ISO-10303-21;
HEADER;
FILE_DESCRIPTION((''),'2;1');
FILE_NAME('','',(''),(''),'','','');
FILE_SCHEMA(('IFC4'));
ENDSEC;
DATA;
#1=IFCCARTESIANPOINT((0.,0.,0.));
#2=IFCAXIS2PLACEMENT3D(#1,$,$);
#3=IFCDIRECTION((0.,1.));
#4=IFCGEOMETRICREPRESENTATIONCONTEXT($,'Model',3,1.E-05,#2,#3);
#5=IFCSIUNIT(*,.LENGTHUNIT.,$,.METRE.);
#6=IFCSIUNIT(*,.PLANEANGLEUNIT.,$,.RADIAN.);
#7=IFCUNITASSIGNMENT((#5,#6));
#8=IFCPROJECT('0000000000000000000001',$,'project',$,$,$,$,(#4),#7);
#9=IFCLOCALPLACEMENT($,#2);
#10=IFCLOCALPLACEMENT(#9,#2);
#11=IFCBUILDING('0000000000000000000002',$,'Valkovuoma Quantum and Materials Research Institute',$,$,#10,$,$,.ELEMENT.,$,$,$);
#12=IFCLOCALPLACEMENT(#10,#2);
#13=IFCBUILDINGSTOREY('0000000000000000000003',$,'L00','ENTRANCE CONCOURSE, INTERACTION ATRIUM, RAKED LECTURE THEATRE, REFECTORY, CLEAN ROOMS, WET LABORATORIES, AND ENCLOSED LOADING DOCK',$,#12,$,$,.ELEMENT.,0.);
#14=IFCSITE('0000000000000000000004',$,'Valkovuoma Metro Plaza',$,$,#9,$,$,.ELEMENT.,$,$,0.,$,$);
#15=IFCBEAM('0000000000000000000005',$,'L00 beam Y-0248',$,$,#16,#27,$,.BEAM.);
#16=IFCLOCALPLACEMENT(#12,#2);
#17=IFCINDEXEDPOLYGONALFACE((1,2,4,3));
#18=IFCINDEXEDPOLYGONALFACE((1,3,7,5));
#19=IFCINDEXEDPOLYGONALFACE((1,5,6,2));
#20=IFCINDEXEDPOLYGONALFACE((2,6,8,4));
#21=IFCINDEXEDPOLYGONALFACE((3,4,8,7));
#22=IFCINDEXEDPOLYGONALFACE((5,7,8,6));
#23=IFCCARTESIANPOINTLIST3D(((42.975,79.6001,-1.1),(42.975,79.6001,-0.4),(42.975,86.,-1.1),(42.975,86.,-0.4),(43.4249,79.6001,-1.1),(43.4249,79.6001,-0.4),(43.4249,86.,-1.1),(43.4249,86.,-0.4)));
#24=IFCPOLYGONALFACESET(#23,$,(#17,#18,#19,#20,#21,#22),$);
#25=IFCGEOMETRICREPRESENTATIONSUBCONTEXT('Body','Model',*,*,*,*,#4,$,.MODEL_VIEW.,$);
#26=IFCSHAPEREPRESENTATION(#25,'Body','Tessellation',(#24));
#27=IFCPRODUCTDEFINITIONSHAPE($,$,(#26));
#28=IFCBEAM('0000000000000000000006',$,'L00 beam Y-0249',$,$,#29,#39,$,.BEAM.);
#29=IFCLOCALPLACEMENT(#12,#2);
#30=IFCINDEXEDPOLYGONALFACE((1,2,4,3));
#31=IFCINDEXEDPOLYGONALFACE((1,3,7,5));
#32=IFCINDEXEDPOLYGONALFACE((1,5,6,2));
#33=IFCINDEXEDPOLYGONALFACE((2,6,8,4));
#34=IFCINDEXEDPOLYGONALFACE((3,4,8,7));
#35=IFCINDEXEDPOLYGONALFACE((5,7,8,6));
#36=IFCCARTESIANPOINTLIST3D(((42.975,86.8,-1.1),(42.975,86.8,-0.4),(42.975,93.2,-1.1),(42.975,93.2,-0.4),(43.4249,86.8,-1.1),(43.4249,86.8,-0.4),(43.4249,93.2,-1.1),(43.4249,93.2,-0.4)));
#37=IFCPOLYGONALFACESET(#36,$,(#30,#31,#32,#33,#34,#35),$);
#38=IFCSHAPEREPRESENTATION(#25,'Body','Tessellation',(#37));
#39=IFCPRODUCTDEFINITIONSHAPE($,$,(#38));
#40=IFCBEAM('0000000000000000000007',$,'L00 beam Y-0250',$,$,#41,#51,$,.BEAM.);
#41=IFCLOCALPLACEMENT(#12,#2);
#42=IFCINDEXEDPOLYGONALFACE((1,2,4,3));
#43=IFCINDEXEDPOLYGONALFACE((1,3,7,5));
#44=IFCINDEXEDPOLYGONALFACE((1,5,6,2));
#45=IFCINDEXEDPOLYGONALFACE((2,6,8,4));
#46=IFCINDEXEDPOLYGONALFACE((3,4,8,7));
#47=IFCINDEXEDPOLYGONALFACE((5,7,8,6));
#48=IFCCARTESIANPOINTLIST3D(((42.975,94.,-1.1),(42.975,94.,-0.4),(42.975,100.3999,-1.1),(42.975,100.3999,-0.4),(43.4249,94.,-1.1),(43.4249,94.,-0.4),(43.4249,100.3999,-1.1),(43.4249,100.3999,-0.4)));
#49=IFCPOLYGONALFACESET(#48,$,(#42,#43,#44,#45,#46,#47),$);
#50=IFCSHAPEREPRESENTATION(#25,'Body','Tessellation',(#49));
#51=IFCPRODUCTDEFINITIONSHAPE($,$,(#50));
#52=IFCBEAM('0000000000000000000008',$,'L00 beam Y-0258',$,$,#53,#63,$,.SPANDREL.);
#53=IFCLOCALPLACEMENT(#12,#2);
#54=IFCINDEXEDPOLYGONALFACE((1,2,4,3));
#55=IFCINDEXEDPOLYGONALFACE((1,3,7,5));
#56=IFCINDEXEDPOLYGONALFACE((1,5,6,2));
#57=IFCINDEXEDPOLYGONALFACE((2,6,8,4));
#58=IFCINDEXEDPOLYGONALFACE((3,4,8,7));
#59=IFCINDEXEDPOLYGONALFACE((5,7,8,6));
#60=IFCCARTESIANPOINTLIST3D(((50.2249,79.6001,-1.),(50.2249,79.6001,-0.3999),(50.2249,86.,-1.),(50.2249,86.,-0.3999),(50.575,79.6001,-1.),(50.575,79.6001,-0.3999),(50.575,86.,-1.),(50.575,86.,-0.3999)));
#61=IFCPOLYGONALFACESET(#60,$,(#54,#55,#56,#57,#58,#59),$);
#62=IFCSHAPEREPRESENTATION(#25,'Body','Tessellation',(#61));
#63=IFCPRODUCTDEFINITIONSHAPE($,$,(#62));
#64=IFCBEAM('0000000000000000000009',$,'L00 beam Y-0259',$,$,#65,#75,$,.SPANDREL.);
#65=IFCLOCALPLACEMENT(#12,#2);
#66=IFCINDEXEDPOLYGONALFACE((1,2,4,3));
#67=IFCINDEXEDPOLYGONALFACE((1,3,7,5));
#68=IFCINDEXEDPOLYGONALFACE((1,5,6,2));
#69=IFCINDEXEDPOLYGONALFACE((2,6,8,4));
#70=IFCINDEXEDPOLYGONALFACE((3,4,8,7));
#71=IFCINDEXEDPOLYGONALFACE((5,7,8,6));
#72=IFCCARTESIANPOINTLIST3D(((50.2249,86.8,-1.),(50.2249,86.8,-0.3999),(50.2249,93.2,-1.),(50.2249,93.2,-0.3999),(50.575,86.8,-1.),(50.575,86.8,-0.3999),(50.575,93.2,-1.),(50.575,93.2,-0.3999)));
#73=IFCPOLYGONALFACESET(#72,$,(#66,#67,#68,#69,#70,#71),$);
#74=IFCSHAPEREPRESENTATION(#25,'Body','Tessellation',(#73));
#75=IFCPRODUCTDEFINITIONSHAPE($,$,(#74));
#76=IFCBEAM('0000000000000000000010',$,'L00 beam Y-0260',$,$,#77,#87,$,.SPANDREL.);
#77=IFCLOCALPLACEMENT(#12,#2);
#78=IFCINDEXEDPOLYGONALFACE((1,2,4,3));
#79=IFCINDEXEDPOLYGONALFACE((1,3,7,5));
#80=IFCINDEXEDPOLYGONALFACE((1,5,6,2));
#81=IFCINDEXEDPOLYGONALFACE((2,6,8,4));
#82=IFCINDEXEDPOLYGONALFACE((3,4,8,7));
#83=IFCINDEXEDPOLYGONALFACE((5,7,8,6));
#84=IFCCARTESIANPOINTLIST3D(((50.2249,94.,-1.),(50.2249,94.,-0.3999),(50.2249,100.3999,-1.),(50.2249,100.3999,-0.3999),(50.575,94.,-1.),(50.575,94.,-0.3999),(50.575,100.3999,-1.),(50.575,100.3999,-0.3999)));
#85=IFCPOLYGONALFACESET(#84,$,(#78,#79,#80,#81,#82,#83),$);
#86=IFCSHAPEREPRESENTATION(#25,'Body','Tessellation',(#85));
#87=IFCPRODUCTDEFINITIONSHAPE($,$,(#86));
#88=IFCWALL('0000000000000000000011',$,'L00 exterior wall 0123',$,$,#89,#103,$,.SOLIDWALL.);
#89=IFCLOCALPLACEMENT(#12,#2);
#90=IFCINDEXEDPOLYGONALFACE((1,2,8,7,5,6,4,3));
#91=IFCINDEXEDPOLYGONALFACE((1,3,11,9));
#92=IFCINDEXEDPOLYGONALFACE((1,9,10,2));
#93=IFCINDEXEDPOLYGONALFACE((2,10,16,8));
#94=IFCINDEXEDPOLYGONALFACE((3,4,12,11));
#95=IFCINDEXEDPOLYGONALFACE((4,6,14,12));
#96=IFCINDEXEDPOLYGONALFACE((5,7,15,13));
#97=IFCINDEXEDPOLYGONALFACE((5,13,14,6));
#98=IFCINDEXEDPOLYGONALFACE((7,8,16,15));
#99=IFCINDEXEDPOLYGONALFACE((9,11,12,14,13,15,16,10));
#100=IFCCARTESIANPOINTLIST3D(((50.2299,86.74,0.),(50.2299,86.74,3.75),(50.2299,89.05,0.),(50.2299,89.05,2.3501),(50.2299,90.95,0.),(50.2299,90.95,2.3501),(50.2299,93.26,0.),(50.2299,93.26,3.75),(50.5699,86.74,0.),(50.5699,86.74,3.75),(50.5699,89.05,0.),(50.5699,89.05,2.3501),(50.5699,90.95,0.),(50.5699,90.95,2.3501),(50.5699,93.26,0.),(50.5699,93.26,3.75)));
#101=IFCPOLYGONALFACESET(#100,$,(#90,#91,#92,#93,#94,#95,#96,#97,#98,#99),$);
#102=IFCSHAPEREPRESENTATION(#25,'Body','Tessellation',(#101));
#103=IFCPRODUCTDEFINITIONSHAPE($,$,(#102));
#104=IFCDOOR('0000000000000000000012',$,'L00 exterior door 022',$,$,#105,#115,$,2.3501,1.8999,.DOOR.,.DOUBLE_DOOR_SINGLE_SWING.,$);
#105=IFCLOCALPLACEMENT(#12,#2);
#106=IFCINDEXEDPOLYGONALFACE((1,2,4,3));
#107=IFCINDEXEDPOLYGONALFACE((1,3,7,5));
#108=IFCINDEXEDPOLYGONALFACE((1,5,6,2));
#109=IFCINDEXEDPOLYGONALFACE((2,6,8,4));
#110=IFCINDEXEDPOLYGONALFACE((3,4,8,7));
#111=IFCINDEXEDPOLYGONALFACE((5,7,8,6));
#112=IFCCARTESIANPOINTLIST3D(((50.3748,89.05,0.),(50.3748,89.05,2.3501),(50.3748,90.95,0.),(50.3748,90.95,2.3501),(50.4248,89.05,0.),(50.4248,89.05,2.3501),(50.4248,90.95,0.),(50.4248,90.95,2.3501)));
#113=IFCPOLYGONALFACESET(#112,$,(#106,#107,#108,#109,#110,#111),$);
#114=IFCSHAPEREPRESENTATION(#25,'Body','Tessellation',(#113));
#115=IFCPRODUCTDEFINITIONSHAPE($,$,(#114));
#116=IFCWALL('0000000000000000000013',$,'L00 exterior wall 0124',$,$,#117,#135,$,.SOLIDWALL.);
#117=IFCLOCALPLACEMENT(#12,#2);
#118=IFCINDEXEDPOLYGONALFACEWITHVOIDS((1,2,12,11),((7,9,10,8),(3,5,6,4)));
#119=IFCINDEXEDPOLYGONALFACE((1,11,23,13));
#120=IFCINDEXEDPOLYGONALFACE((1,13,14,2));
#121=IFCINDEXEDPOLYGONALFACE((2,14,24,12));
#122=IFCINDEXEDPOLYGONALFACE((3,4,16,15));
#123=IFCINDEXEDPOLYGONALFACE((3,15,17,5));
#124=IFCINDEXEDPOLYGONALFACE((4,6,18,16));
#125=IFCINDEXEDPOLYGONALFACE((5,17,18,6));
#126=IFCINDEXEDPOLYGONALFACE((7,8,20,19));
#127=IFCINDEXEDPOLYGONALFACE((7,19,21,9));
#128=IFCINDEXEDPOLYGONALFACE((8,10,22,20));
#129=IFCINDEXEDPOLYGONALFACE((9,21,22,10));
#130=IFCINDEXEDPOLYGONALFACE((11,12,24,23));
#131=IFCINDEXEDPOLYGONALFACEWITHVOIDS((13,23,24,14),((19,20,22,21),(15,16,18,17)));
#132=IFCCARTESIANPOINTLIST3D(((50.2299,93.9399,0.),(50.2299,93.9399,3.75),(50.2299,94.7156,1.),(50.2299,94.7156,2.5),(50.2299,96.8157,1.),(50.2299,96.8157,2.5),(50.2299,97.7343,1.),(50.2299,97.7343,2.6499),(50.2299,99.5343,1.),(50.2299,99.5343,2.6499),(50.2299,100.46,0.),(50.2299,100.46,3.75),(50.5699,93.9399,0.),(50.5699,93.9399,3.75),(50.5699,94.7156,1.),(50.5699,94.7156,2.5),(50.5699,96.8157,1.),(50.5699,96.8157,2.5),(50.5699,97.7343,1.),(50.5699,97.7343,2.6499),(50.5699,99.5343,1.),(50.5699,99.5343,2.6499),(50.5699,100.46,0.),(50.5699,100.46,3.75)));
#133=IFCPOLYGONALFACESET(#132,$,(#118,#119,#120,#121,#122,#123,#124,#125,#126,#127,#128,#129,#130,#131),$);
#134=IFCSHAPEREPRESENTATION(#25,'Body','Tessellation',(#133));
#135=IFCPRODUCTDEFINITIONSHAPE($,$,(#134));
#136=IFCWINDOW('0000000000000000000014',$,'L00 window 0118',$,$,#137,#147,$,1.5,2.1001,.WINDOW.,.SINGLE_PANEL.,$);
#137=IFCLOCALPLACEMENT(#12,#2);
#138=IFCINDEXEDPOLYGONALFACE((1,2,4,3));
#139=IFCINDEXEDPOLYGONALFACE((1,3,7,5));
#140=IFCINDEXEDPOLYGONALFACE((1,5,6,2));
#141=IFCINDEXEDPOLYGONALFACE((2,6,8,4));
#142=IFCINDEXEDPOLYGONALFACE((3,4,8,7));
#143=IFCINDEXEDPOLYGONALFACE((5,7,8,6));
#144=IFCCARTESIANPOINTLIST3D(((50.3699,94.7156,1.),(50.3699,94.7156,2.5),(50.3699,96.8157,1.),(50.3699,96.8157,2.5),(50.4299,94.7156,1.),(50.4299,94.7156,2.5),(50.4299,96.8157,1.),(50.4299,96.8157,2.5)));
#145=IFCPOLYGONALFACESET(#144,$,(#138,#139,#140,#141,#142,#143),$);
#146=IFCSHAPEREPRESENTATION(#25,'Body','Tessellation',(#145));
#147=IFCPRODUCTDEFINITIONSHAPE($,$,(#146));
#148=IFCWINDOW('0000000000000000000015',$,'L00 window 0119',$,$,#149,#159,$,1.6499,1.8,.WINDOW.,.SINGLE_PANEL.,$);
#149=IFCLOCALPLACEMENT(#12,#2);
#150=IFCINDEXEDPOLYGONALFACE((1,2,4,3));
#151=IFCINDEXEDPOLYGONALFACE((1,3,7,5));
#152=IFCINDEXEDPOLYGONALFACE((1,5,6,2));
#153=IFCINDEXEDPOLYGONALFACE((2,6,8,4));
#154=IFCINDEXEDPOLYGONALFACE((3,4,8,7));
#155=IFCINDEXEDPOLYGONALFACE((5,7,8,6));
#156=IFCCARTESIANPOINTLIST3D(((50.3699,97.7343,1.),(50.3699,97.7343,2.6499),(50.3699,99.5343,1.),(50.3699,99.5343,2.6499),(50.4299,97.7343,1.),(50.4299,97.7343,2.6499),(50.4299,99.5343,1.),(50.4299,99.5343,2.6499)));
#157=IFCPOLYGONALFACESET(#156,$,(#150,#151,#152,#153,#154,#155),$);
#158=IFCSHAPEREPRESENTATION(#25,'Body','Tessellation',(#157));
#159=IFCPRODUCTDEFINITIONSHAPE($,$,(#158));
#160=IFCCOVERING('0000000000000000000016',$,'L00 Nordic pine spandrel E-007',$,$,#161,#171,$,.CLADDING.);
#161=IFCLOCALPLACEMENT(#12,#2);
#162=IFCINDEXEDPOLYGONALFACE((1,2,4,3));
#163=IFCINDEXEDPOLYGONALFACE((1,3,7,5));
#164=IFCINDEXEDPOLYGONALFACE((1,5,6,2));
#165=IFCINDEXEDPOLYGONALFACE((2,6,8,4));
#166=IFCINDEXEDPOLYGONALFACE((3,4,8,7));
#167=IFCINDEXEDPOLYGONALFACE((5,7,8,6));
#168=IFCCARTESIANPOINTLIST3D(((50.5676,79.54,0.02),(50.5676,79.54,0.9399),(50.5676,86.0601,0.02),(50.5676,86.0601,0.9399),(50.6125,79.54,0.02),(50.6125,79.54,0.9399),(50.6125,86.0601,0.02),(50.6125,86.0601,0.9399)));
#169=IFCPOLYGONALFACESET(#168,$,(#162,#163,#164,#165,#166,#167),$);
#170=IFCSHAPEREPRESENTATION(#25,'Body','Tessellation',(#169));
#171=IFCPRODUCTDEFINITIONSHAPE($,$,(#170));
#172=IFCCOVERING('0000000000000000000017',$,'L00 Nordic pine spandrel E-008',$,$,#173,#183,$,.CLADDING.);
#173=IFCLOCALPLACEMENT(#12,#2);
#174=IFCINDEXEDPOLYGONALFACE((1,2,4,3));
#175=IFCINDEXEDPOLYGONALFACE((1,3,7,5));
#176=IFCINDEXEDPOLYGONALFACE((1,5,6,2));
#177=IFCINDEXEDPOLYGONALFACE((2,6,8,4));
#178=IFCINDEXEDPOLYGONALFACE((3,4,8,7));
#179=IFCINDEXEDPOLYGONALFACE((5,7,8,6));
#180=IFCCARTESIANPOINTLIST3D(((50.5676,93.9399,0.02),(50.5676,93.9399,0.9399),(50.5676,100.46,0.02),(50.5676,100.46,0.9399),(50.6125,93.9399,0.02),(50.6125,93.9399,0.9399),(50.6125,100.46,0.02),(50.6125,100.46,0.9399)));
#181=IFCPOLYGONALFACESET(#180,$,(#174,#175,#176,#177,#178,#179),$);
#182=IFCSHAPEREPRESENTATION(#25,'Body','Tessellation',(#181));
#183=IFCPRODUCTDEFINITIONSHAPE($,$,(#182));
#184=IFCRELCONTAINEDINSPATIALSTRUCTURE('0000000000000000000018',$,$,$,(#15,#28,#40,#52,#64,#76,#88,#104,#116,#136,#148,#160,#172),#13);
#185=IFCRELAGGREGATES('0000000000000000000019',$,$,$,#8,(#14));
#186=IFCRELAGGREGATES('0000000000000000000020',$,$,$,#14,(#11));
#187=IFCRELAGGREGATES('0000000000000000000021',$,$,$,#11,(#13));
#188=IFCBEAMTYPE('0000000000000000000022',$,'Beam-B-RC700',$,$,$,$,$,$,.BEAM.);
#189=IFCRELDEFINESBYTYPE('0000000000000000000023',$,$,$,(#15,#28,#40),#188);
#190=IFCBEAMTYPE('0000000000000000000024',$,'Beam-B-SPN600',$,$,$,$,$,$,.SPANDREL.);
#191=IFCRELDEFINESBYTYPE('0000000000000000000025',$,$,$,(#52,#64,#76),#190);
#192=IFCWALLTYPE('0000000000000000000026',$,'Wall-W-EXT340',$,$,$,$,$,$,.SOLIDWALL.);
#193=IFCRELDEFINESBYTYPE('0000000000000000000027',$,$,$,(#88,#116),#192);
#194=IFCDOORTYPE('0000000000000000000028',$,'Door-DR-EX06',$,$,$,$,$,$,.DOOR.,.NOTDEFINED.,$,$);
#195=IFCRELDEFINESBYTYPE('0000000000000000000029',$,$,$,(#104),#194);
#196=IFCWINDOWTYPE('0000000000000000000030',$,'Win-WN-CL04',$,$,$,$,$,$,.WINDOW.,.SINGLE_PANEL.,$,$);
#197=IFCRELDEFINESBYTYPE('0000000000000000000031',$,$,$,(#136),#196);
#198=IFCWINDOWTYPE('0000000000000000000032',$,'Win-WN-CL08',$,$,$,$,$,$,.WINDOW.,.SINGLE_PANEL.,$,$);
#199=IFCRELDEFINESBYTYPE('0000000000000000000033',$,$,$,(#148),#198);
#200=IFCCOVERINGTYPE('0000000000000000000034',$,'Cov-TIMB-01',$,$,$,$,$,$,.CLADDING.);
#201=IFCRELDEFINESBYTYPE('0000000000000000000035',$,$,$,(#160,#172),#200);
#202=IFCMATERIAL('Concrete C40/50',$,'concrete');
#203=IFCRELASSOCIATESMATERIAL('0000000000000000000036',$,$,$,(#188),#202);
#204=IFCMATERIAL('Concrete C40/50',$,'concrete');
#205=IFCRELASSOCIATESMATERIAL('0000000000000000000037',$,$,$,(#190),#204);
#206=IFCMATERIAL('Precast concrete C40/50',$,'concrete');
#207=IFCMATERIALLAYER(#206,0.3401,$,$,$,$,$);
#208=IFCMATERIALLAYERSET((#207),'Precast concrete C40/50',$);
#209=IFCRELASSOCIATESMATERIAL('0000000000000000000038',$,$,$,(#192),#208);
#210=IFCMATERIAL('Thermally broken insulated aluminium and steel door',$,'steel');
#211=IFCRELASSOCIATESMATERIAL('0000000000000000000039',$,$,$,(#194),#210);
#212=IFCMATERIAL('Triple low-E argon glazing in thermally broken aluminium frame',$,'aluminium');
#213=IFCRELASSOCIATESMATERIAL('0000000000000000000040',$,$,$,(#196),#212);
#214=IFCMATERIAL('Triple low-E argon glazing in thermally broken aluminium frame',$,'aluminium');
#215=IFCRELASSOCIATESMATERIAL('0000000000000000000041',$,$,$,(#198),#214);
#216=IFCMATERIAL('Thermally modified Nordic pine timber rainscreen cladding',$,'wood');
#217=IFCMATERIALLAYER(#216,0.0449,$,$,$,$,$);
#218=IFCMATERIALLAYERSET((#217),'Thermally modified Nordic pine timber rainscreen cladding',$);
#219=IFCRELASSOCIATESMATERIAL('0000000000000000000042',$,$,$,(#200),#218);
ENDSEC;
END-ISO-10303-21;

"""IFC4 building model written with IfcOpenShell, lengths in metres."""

from ifc_helpers import new_model, si_unit, direction, frame, frame_2d, origin, origin_2d, place, context, subcontext, project, spatial, rectangle, extrude, material, layer, layer_set, material_profile, profile_set, type_object, element, fill, save


model = new_model("IFC4")

# Units and contexts
model_context = context("Model", 3, precision=1e-05, world=origin(), true_north=direction((0.0, 1.0)))
body_context = subcontext(model_context, "Body", "Model", "MODEL_VIEW")
ifc_project = project(units=[si_unit("LENGTHUNIT", "METRE"), si_unit("PLANEANGLEUNIT", "RADIAN")], contexts=[model_context])

# Site, building, storey
site_placement = place(None, origin())
site = spatial("IfcSite", under=ifc_project, at=site_placement, Name="Valkovuoma Metro Plaza", CompositionType="ELEMENT", RefElevation=0.0)
building_placement = place(site_placement, origin())
building = spatial("IfcBuilding", under=site, at=building_placement, Name="Valkovuoma Quantum and Materials Research Institute", CompositionType="ELEMENT")
storey_placement = place(building_placement, origin())
storey = spatial("IfcBuildingStorey", under=building, at=storey_placement, Name="L00", Description="ENTRANCE CONCOURSE, INTERACTION ATRIUM, RAKED LECTURE THEATRE, REFECTORY, CLEAN ROOMS, WET LABORATORIES, AND ENCLOSED LOADING DOCK", CompositionType="ELEMENT", Elevation=0.0)

# Beams
ifc_material_1 = material(Name="Concrete C40/50", Category="concrete")
ifc_material_profile_1 = material_profile(ifc_material_1, rectangle(XDim=0.45, YDim=0.7, at=origin_2d()), Name="Concrete C40/50")
ifc_profile_set_1 = profile_set([ifc_material_profile_1], Name="Concrete C40/50")
beam_type_1 = type_object("IfcBeamType", Name="Beam-B-RC700", PredefinedType="BEAM", material=ifc_profile_set_1)
for number, where, z_axis, x_axis, name in (
    (1, (43.2, 79.6001, -0.75), (0.0, 1.0, 0.0), (-1.0, 0.0, 0.0), "L00 beam Y-0248"),
    (2, (43.2, 86.8, -0.75), (0.0, 1.0, 0.0), (-1.0, 0.0, 0.0), "L00 beam Y-0249"),
    (3, (43.2, 94.0, -0.75), (0.0, 1.0, 0.0), (-1.0, 0.0, 0.0), "L00 beam Y-0250"),
):
    element("IfcBeam", number, at=place(storey_placement, frame(where, z_axis=z_axis, x_axis=x_axis)), inside=storey, type_object=beam_type_1, Name=name, PredefinedType="BEAM", context=body_context, shape_type="SweptSolid", body=[
        extrude(rectangle(XDim=0.45, YDim=0.7, at=origin_2d()), origin(), (0.0, 0.0, 1.0), 6.3999),
    ])
ifc_material_2 = material(Name="Concrete C40/50", Category="concrete")
ifc_material_profile_2 = material_profile(ifc_material_2, rectangle(XDim=0.3501, YDim=0.6001, at=origin_2d()), Name="Concrete C40/50")
ifc_profile_set_2 = profile_set([ifc_material_profile_2], Name="Concrete C40/50")
beam_type_2 = type_object("IfcBeamType", Name="Beam-B-SPN600", PredefinedType="SPANDREL", material=ifc_profile_set_2)
for number, where, z_axis, x_axis, name in (
    (4, (50.3999, 79.6001, -0.7), (0.0, 1.0, 0.0), (-1.0, 0.0, 0.0), "L00 beam Y-0258"),
    (5, (50.3999, 86.8, -0.7), (0.0, 1.0, 0.0), (-1.0, 0.0, 0.0), "L00 beam Y-0259"),
    (6, (50.3999, 94.0, -0.7), (0.0, 1.0, 0.0), (-1.0, 0.0, 0.0), "L00 beam Y-0260"),
):
    element("IfcBeam", number, at=place(storey_placement, frame(where, z_axis=z_axis, x_axis=x_axis)), inside=storey, type_object=beam_type_2, Name=name, PredefinedType="SPANDREL", context=body_context, shape_type="SweptSolid", body=[
        extrude(rectangle(XDim=0.3501, YDim=0.6001, at=origin_2d()), origin(), (0.0, 0.0, 1.0), 6.3999),
    ])

# Wall, opening, door
ifc_material_3 = material(Name="Precast concrete C40/50", Category="concrete")
ifc_layer_1 = layer(ifc_material_3, 0.3401)
ifc_layer_set_1 = layer_set([ifc_layer_1], Name="Precast concrete C40/50")
wall_type = type_object("IfcWallType", Name="Wall-W-EXT340", PredefinedType="SOLIDWALL", material=ifc_layer_set_1)
wall_1_placement = place(storey_placement, frame((50.3999, 86.74, 0.0), z_axis=(0.0, 0.0, 1.0), x_axis=(0.0, 1.0, 0.0)))
wall_1 = element("IfcWall", 7, at=wall_1_placement, inside=storey, type_object=wall_type, Name="L00 exterior wall 0123", PredefinedType="SOLIDWALL", context=body_context, shape_type="SweptSolid", body=[
    extrude(rectangle(XDim=6.52, YDim=0.3401, at=frame_2d((3.26, 0.0))), origin(), (0.0, 0.0, 1.0), 3.75),
])
opening_1_placement = place(wall_1_placement, frame((2.3101, 0.0, 0.0)))
opening_1 = element("IfcOpeningElement", 8, at=opening_1_placement, cuts=wall_1, PredefinedType="OPENING", context=body_context, shape_type="SweptSolid", body=[
    extrude(rectangle(XDim=1.8999, YDim=2.3501, at=frame_2d((0.95, 1.175))), frame((0.0, 0.1802, 0.0), z_axis=(0.0, -1.0, 0.0), x_axis=(1.0, 0.0, 0.0)), (0.0, 0.0, 1.0), 0.3601),
])
ifc_material_4 = material(Name="Thermally broken insulated aluminium and steel door", Category="steel")
door_type = type_object("IfcDoorType", Name="Door-DR-EX06", OperationType="NOTDEFINED", PredefinedType="DOOR", material=ifc_material_4)
door_placement = place(opening_1_placement, frame((1.8999, 0.0, 0.0), z_axis=(0.0, 0.0, 1.0), x_axis=(-1.0, 0.0, 0.0)))
door = element("IfcDoor", 9, at=door_placement, inside=storey, type_object=door_type, Name="L00 exterior door 022", OperationType="DOUBLE_DOOR_SINGLE_SWING", OverallHeight=2.3501, OverallWidth=1.8999, PredefinedType="DOOR", context=body_context, shape_type="SweptSolid", body=[
    extrude(rectangle(XDim=1.8999, YDim=2.3501, at=frame_2d((0.95, 1.175))), frame((0.0, 0.0249, 0.0), z_axis=(0.0, -1.0, 0.0), x_axis=(1.0, 0.0, 0.0)), (0.0, 0.0, 1.0), 0.05),
])
fill(opening_1, door)

# Wall, openings, windows
wall_2_placement = place(storey_placement, frame((50.3999, 93.9399, 0.0), z_axis=(0.0, 0.0, 1.0), x_axis=(0.0, 1.0, 0.0)))
wall_2 = element("IfcWall", 10, at=wall_2_placement, inside=storey, type_object=wall_type, Name="L00 exterior wall 0124", PredefinedType="SOLIDWALL", context=body_context, shape_type="SweptSolid", body=[
    extrude(rectangle(XDim=6.52, YDim=0.3401, at=frame_2d((3.26, 0.0))), origin(), (0.0, 0.0, 1.0), 3.75),
])
opening_2_placement = place(wall_2_placement, frame((0.7756, 0.0, 1.0)))
opening_2 = element("IfcOpeningElement", 11, at=opening_2_placement, cuts=wall_2, PredefinedType="OPENING", context=body_context, shape_type="SweptSolid", body=[
    extrude(rectangle(XDim=2.1001, YDim=1.5, at=frame_2d((1.05, 0.75))), frame((0.0, 0.1802, 0.0), z_axis=(0.0, -1.0, 0.0), x_axis=(1.0, 0.0, 0.0)), (0.0, 0.0, 1.0), 0.3601),
])
opening_3_placement = place(wall_2_placement, frame((3.7944, 0.0, 1.0)))
opening_3 = element("IfcOpeningElement", 12, at=opening_3_placement, cuts=wall_2, PredefinedType="OPENING", context=body_context, shape_type="SweptSolid", body=[
    extrude(rectangle(XDim=1.8, YDim=1.6499, at=frame_2d((0.8999, 0.825))), frame((0.0, 0.1802, 0.0), z_axis=(0.0, -1.0, 0.0), x_axis=(1.0, 0.0, 0.0)), (0.0, 0.0, 1.0), 0.3601),
])
ifc_material_5 = material(Name="Triple low-E argon glazing in thermally broken aluminium frame", Category="aluminium")
window_type_1 = type_object("IfcWindowType", Name="Win-WN-CL04", PartitioningType="SINGLE_PANEL", PredefinedType="WINDOW", material=ifc_material_5)
window_1_placement = place(opening_2_placement, origin())
window_1 = element("IfcWindow", 13, at=window_1_placement, inside=storey, type_object=window_type_1, Name="L00 window 0118", OverallHeight=1.5, OverallWidth=2.1001, PartitioningType="SINGLE_PANEL", PredefinedType="WINDOW", context=body_context, shape_type="SweptSolid", body=[
    extrude(rectangle(XDim=2.1001, YDim=1.5, at=frame_2d((1.05, 0.75))), frame((0.0, 0.03, 0.0), z_axis=(0.0, -1.0, 0.0), x_axis=(1.0, 0.0, 0.0)), (0.0, 0.0, 1.0), 0.0601),
])
fill(opening_2, window_1)
ifc_material_6 = material(Name="Triple low-E argon glazing in thermally broken aluminium frame", Category="aluminium")
window_type_2 = type_object("IfcWindowType", Name="Win-WN-CL08", PartitioningType="SINGLE_PANEL", PredefinedType="WINDOW", material=ifc_material_6)
window_2_placement = place(opening_3_placement, origin())
window_2 = element("IfcWindow", 14, at=window_2_placement, inside=storey, type_object=window_type_2, Name="L00 window 0119", OverallHeight=1.6499, OverallWidth=1.8, PartitioningType="SINGLE_PANEL", PredefinedType="WINDOW", context=body_context, shape_type="SweptSolid", body=[
    extrude(rectangle(XDim=1.8, YDim=1.6499, at=frame_2d((0.8999, 0.825))), frame((0.0, 0.03, 0.0), z_axis=(0.0, -1.0, 0.0), x_axis=(1.0, 0.0, 0.0)), (0.0, 0.0, 1.0), 0.0601),
])
fill(opening_3, window_2)

# Coverings
ifc_material_7 = material(Name="Thermally modified Nordic pine timber rainscreen cladding", Category="wood")
ifc_layer_2 = layer(ifc_material_7, 0.0449)
ifc_layer_set_2 = layer_set([ifc_layer_2], Name="Thermally modified Nordic pine timber rainscreen cladding")
covering_type = type_object("IfcCoveringType", Name="Cov-TIMB-01", PredefinedType="CLADDING", material=ifc_layer_set_2)
for number, where, z_axis, x_axis, name in (
    (15, (50.5901, 82.8, 0.02), (0.0, 0.0, 1.0), (1.0, 0.0, 0.0), "L00 Nordic pine spandrel E-007"),
    (16, (50.5901, 97.2, 0.02), (0.0, 0.0, 1.0), (1.0, 0.0, 0.0), "L00 Nordic pine spandrel E-008"),
):
    element("IfcCovering", number, at=place(storey_placement, frame(where, z_axis=z_axis, x_axis=x_axis)), inside=storey, type_object=covering_type, Name=name, PredefinedType="CLADDING", context=body_context, shape_type="SweptSolid", body=[
        extrude(rectangle(XDim=0.0449, YDim=6.52, at=origin_2d()), origin(), (0.0, 0.0, 1.0), 0.9199),
    ])

save(model, "model.ifc")
